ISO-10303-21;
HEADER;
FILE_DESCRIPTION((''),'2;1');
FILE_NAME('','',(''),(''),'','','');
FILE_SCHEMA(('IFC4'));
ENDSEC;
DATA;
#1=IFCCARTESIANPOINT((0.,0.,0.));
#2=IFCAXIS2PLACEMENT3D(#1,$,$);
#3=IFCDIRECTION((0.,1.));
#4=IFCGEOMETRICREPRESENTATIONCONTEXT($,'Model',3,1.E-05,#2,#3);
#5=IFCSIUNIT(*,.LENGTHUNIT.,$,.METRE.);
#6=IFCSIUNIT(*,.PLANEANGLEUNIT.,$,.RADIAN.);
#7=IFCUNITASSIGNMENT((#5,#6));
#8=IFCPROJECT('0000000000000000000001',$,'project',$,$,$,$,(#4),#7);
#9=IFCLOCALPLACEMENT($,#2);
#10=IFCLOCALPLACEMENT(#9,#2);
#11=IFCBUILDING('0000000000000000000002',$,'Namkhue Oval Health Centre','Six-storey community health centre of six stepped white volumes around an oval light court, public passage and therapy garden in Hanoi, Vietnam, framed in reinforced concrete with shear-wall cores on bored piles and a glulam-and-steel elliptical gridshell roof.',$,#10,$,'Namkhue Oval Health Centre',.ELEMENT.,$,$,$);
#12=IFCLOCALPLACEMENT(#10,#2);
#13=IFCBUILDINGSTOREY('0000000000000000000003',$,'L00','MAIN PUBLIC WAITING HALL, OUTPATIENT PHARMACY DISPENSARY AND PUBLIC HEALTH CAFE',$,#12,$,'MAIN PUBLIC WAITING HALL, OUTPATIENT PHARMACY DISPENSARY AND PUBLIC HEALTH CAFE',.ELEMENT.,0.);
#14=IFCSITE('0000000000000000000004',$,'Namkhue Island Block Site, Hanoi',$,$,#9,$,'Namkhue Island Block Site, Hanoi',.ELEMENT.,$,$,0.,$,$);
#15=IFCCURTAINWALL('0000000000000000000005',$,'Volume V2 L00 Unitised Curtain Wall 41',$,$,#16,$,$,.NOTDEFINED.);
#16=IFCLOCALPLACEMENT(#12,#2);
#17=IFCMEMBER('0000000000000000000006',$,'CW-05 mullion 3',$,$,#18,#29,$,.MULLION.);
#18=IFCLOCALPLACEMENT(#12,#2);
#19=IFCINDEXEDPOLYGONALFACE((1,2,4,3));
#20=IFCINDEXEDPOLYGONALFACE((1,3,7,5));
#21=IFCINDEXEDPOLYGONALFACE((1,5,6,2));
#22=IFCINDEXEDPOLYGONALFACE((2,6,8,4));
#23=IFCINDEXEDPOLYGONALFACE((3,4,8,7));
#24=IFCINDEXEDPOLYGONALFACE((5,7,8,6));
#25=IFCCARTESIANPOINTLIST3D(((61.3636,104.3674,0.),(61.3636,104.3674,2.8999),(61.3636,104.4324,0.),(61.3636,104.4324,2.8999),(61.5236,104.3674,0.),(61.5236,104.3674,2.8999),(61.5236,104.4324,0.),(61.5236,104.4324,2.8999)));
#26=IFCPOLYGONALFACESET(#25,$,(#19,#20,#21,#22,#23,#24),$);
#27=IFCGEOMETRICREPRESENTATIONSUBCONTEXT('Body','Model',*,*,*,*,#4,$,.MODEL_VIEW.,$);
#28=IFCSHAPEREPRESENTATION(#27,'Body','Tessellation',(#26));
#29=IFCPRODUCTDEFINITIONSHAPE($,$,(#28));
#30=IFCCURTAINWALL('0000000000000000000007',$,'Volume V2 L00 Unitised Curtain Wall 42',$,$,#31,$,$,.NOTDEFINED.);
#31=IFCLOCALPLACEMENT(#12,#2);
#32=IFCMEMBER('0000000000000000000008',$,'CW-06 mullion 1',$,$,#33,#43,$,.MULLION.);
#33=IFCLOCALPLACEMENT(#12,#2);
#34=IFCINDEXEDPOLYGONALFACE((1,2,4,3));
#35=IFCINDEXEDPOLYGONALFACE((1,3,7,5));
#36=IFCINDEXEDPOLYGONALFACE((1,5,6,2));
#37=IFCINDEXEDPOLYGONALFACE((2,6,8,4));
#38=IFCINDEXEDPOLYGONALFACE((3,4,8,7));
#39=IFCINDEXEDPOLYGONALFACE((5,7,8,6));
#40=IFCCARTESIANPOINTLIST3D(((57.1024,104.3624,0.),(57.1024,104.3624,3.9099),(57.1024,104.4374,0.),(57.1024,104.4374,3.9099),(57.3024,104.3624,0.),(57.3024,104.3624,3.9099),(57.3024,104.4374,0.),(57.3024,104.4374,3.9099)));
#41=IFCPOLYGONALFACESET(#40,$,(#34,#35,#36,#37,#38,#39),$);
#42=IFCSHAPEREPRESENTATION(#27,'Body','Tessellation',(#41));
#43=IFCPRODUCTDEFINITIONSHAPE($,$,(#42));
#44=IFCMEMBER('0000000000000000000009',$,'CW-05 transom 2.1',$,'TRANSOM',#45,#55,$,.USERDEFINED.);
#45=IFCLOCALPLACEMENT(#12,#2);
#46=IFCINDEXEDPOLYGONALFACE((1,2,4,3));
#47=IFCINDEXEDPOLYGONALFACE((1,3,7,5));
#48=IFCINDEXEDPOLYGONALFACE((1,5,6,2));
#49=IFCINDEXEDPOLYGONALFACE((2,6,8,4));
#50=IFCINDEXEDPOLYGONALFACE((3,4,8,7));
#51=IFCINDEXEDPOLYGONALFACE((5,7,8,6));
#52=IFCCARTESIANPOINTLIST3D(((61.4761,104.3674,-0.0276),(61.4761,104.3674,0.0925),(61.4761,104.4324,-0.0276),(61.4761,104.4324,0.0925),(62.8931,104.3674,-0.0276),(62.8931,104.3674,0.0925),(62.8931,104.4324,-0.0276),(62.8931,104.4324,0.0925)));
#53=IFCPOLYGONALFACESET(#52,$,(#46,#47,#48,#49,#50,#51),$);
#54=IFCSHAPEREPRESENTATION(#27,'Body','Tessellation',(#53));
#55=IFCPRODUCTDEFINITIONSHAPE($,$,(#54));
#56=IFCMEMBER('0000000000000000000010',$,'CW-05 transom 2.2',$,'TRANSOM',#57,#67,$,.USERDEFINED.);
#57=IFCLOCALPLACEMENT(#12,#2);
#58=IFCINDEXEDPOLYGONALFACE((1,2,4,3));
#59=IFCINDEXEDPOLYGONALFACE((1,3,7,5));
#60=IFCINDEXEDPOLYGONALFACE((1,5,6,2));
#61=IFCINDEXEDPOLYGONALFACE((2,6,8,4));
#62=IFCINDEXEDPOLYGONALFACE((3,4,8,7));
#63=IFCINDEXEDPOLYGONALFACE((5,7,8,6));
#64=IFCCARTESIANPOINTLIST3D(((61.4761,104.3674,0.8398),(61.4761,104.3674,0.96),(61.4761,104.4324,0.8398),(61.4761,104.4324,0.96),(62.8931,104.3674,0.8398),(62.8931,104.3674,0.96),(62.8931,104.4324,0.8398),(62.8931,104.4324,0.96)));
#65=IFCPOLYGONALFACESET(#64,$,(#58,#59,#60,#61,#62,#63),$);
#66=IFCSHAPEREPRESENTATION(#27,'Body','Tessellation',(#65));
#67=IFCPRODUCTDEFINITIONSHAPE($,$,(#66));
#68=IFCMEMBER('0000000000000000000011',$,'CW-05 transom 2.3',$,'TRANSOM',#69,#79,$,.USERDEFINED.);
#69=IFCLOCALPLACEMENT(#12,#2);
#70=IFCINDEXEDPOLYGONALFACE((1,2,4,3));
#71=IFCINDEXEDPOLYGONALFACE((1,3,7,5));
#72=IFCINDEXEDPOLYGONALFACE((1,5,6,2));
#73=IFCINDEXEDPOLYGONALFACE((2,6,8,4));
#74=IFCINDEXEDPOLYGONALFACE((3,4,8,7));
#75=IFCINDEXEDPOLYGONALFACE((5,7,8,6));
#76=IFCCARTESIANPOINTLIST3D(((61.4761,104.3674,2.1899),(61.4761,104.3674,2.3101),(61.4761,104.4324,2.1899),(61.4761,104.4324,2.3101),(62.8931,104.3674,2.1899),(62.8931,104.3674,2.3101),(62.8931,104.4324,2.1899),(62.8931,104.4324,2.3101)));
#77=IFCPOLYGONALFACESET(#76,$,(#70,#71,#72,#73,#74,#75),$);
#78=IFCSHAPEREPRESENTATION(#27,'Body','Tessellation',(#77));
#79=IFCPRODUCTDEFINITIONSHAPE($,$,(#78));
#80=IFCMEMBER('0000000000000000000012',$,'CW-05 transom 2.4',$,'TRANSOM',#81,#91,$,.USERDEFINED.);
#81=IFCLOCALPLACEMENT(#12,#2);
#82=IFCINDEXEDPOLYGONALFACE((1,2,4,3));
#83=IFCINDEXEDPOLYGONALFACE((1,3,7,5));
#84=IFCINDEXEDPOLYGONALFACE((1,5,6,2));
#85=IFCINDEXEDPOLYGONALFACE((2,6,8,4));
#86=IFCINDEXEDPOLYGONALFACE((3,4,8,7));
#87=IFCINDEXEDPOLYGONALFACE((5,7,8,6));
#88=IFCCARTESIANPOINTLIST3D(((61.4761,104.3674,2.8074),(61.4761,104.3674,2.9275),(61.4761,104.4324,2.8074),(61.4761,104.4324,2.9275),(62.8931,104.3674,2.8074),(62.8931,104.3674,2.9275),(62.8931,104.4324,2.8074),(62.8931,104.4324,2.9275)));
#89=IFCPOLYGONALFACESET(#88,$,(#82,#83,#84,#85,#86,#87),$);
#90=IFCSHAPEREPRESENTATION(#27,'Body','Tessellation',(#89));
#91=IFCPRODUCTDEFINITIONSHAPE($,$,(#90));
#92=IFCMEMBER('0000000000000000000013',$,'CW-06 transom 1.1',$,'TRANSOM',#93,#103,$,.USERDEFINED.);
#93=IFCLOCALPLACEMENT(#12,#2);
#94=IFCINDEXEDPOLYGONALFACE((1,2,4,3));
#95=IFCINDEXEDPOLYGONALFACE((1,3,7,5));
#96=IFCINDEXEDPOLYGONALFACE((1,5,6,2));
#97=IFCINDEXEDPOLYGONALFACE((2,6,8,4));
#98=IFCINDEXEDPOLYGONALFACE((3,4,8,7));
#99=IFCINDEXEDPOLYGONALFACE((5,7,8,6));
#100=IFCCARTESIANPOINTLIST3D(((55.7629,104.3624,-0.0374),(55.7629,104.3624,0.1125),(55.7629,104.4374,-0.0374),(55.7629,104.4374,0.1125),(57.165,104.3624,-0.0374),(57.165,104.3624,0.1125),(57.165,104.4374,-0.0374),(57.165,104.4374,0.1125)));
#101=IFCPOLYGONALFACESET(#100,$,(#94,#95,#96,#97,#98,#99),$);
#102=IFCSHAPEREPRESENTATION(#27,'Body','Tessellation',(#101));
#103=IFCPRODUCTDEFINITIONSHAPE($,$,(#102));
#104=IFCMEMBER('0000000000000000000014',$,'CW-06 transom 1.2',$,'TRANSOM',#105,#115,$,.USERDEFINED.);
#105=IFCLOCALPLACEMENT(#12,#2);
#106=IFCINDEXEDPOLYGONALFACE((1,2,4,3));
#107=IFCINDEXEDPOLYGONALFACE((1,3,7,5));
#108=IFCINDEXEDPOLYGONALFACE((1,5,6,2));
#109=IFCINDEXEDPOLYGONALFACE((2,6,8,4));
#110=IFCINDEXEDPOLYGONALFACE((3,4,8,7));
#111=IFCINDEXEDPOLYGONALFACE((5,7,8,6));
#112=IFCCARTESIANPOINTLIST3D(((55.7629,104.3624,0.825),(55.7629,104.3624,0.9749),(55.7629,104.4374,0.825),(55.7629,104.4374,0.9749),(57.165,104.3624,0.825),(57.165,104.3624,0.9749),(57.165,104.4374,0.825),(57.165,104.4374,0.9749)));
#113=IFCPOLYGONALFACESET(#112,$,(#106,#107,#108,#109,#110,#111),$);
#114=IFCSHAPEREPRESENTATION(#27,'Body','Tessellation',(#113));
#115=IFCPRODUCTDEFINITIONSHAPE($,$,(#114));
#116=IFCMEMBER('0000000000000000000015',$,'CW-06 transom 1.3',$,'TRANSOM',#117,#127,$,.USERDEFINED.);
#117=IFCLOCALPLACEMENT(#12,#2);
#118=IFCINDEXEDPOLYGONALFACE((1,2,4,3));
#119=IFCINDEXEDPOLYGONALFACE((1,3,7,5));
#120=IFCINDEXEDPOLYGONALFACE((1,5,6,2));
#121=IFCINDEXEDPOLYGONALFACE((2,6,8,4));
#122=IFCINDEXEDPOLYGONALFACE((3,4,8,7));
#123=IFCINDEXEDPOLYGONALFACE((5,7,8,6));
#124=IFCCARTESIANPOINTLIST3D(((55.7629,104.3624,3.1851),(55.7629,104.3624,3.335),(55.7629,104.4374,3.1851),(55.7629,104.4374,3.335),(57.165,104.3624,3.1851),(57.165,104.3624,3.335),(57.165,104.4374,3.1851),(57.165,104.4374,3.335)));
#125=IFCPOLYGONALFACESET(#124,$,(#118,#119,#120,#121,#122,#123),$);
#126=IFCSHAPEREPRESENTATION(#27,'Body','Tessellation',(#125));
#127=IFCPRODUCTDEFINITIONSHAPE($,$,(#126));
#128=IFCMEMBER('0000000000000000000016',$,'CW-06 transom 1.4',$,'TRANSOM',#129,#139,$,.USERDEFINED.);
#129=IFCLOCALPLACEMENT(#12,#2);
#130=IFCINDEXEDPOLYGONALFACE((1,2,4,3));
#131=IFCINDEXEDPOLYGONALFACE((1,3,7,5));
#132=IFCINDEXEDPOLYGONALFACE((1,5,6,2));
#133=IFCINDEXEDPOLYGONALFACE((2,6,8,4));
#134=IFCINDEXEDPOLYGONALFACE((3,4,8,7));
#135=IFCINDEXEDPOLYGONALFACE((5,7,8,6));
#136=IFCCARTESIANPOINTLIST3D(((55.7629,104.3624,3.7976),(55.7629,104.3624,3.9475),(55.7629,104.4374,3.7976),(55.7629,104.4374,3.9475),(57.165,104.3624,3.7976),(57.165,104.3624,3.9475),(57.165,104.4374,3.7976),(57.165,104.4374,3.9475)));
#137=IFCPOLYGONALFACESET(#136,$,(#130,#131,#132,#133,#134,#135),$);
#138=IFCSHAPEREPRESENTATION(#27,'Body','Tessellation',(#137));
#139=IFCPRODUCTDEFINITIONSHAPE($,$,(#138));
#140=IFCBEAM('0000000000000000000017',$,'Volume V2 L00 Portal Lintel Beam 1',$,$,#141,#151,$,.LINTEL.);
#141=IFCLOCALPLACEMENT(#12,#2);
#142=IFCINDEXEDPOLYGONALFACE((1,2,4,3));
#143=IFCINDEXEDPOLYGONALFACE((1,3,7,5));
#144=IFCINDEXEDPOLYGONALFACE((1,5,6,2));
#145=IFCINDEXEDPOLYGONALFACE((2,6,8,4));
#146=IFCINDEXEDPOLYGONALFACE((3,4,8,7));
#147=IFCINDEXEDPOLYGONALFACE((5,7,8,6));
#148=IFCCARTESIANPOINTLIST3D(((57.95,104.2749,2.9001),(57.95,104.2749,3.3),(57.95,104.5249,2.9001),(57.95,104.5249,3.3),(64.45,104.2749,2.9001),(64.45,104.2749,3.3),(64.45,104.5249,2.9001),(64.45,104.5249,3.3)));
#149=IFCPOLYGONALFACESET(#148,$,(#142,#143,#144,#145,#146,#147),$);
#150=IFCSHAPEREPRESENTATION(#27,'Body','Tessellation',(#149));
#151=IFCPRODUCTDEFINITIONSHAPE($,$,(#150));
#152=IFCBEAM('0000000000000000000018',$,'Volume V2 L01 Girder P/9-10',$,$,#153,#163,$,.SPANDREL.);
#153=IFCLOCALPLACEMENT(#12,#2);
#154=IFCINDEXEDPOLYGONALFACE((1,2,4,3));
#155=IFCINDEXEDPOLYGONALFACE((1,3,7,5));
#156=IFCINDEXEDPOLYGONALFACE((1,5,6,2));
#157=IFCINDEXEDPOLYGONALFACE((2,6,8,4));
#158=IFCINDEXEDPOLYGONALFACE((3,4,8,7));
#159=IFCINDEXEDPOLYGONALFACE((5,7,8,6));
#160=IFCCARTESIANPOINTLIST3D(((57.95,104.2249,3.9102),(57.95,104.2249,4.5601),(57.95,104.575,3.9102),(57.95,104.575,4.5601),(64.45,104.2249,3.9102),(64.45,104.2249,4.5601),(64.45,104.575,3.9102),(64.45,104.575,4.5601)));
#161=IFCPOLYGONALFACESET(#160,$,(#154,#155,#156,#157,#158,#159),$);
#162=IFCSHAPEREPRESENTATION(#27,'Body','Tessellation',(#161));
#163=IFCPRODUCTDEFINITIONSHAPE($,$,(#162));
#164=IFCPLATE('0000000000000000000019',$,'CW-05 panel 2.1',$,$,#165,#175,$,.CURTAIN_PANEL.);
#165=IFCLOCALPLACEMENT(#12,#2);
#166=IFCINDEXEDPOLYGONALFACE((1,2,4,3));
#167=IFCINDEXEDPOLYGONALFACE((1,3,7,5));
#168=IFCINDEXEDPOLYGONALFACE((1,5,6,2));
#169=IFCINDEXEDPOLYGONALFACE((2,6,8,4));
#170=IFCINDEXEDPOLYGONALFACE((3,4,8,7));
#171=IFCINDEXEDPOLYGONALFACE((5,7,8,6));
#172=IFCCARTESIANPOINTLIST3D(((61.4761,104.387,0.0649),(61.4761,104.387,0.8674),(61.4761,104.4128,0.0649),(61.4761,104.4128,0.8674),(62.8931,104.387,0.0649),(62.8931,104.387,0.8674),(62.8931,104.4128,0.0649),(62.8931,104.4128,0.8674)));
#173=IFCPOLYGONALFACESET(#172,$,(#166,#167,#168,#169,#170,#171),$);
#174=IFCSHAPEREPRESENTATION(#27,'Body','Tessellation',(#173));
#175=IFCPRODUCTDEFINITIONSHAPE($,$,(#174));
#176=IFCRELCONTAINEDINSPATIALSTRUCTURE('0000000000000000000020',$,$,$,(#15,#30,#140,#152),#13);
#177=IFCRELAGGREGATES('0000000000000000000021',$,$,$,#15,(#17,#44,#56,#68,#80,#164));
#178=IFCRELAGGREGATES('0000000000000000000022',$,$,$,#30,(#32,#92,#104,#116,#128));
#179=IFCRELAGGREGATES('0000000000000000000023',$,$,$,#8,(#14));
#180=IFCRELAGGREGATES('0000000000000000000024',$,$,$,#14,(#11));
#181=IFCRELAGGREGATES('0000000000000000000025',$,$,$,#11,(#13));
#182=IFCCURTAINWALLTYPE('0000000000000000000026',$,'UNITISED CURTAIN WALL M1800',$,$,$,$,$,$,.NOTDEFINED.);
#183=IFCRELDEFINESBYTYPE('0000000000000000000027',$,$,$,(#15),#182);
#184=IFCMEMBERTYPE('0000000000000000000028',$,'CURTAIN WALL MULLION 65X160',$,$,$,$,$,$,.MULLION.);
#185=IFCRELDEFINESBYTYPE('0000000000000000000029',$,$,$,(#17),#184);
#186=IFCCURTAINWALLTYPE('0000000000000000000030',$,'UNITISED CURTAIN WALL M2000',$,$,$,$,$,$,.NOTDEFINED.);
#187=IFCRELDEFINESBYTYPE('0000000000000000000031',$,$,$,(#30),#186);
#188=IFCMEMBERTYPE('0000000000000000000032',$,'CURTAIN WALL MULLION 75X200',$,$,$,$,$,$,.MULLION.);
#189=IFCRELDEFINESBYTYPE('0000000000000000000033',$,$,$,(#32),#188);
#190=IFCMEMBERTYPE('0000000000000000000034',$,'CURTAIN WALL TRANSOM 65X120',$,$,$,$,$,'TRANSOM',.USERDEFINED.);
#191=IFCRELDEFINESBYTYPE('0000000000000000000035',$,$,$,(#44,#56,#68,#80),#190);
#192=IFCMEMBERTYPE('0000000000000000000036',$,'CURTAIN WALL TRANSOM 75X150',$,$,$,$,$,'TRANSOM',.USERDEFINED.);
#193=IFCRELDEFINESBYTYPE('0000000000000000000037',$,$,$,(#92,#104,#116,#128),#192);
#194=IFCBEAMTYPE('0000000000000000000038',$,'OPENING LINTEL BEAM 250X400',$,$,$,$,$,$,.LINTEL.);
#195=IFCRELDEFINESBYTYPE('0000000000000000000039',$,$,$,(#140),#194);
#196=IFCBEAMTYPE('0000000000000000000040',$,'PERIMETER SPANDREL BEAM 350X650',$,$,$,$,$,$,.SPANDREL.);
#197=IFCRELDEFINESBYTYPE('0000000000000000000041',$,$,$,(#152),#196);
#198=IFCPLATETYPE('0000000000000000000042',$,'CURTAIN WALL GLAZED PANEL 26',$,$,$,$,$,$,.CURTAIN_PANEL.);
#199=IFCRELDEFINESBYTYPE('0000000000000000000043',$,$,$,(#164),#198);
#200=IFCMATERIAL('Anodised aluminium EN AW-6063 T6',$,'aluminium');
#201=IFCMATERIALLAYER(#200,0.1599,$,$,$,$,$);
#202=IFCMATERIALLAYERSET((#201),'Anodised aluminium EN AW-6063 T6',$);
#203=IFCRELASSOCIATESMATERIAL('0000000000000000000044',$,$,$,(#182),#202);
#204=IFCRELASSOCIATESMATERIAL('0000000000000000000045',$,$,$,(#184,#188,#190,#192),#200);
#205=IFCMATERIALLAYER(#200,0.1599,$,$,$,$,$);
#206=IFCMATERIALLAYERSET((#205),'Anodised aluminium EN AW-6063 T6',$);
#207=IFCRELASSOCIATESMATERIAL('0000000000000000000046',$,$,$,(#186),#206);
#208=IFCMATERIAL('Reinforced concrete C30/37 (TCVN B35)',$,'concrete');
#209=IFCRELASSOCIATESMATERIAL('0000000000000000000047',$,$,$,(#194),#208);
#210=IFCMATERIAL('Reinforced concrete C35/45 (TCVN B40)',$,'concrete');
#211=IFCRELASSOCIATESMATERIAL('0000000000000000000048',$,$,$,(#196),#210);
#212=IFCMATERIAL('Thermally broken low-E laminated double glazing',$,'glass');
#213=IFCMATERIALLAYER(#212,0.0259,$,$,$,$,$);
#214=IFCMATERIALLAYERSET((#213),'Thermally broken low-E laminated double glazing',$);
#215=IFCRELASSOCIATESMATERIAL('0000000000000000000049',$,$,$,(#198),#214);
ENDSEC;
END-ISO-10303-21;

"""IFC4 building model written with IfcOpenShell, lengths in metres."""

from ifc_helpers import new_model, si_unit, direction, frame, origin, origin_2d, place, context, subcontext, project, spatial, rectangle, extrude, material, layer, layer_set, material_profile, profile_set, type_object, element, aggregate, save


model = new_model("IFC4")

# Units and contexts
model_context = context("Model", 3, precision=1e-05, world=origin(), true_north=direction((0.0, 1.0)))
body_context = subcontext(model_context, "Body", "Model", "MODEL_VIEW")
ifc_project = project(units=[si_unit("LENGTHUNIT", "METRE"), si_unit("PLANEANGLEUNIT", "RADIAN")], contexts=[model_context])

# Site, building, storey
site_placement = place(None, origin())
site = spatial("IfcSite", under=ifc_project, at=site_placement, Name="Namkhue Island Block Site, Hanoi", LongName="Namkhue Island Block Site, Hanoi", CompositionType="ELEMENT", RefElevation=0.0)
building_placement = place(site_placement, origin())
building = spatial("IfcBuilding", under=site, at=building_placement, Name="Namkhue Oval Health Centre", Description="Six-storey community health centre of six stepped white volumes around an oval light court, public passage and therapy garden in Hanoi, Vietnam, framed in reinforced concrete with shear-wall cores on bored piles and a glulam-and-steel elliptical gridshell roof.", LongName="Namkhue Oval Health Centre", CompositionType="ELEMENT")
storey_placement = place(building_placement, origin())
storey = spatial("IfcBuildingStorey", under=building, at=storey_placement, Name="L00", Description="MAIN PUBLIC WAITING HALL, OUTPATIENT PHARMACY DISPENSARY AND PUBLIC HEALTH CAFE", LongName="MAIN PUBLIC WAITING HALL, OUTPATIENT PHARMACY DISPENSARY AND PUBLIC HEALTH CAFE", CompositionType="ELEMENT", Elevation=0.0)

# Shared definitions
ifc_material_1 = material(Name="Reinforced concrete C35/45 (TCVN B40)", Category="concrete")

# Curtain wall, member
ifc_material_2 = material(Name="Anodised aluminium EN AW-6063 T6", Category="aluminium")
ifc_layer_1 = layer(ifc_material_2, 0.1599)
ifc_layer_set_1 = layer_set([ifc_layer_1], Name="Anodised aluminium EN AW-6063 T6")
curtain_wall_type_1 = type_object("IfcCurtainWallType", Name="UNITISED CURTAIN WALL M1800", PredefinedType="NOTDEFINED", material=ifc_layer_set_1)
curtain_wall_1_placement = place(storey_placement, origin())
curtain_wall_1 = element("IfcCurtainWall", 1, at=curtain_wall_1_placement, inside=storey, type_object=curtain_wall_type_1, Name="Volume V2 L00 Unitised Curtain Wall 41", PredefinedType="NOTDEFINED")
ifc_material_profile_1 = material_profile(ifc_material_2, rectangle(XDim=0.0649, YDim=0.1599, at=origin_2d()), Name="ALU 65x160")
ifc_profile_set_1 = profile_set([ifc_material_profile_1], Name="Anodised aluminium EN AW-6063 T6")
member_type_1 = type_object("IfcMemberType", Name="CURTAIN WALL MULLION 65X160", PredefinedType="MULLION", material=ifc_profile_set_1)
member_1_placement = place(storey_placement, frame((61.4436, 104.3999, 0.0), z_axis=(0.0, 0.0, 1.0), x_axis=(0.0, -1.0, 0.0)))
member_1 = element("IfcMember", 2, at=member_1_placement, type_object=member_type_1, Name="CW-05 mullion 3", PredefinedType="MULLION", context=body_context, shape_type="SweptSolid", body=[
    extrude(rectangle(XDim=0.0649, YDim=0.1599, at=origin_2d()), origin(), (0.0, 0.0, 1.0), 2.8999),
])

# Curtain wall, member
ifc_layer_2 = layer(ifc_material_2, 0.1599)
ifc_layer_set_2 = layer_set([ifc_layer_2], Name="Anodised aluminium EN AW-6063 T6")
curtain_wall_type_2 = type_object("IfcCurtainWallType", Name="UNITISED CURTAIN WALL M2000", PredefinedType="NOTDEFINED", material=ifc_layer_set_2)
curtain_wall_2_placement = place(storey_placement, origin())
curtain_wall_2 = element("IfcCurtainWall", 3, at=curtain_wall_2_placement, inside=storey, type_object=curtain_wall_type_2, Name="Volume V2 L00 Unitised Curtain Wall 42", PredefinedType="NOTDEFINED")
ifc_material_profile_2 = material_profile(ifc_material_2, rectangle(XDim=0.075, YDim=0.2, at=origin_2d()), Name="ALU 75x200")
ifc_profile_set_2 = profile_set([ifc_material_profile_2], Name="Anodised aluminium EN AW-6063 T6")
member_type_2 = type_object("IfcMemberType", Name="CURTAIN WALL MULLION 75X200", PredefinedType="MULLION", material=ifc_profile_set_2)
member_2_placement = place(storey_placement, frame((57.2024, 104.3999, 0.0), z_axis=(0.0, 0.0, 1.0), x_axis=(0.0, -1.0, 0.0)))
member_2 = element("IfcMember", 4, at=member_2_placement, type_object=member_type_2, Name="CW-06 mullion 1", PredefinedType="MULLION", context=body_context, shape_type="SweptSolid", body=[
    extrude(rectangle(XDim=0.075, YDim=0.2, at=origin_2d()), origin(), (0.0, 0.0, 1.0), 3.9099),
])

# Members
ifc_material_profile_3 = material_profile(ifc_material_2, rectangle(XDim=0.0649, YDim=0.1201, at=origin_2d()), Name="ALU 65x120")
ifc_profile_set_3 = profile_set([ifc_material_profile_3], Name="Anodised aluminium EN AW-6063 T6")
member_type_3 = type_object("IfcMemberType", Name="CURTAIN WALL TRANSOM 65X120", ElementType="TRANSOM", PredefinedType="USERDEFINED", material=ifc_profile_set_3)
member_3_placement = place(storey_placement, frame((62.8931, 104.3999, 0.0325), z_axis=(-1.0, 0.0, 0.0), x_axis=(0.0, -1.0, 0.0)))
member_3 = element("IfcMember", 5, at=member_3_placement, type_object=member_type_3, Name="CW-05 transom 2.1", ObjectType="TRANSOM", PredefinedType="USERDEFINED", context=body_context, shape_type="SweptSolid", body=[
    extrude(rectangle(XDim=0.0649, YDim=0.1201, at=origin_2d()), origin(), (0.0, 0.0, 1.0), 1.417),
])
member_4_placement = place(storey_placement, frame((62.8931, 104.3999, 0.8999), z_axis=(-1.0, 0.0, 0.0), x_axis=(0.0, -1.0, 0.0)))
member_4 = element("IfcMember", 6, at=member_4_placement, type_object=member_type_3, Name="CW-05 transom 2.2", ObjectType="TRANSOM", PredefinedType="USERDEFINED", context=body_context, shape_type="SweptSolid", body=[
    extrude(rectangle(XDim=0.0649, YDim=0.1201, at=origin_2d()), origin(), (0.0, 0.0, 1.0), 1.417),
])
member_5_placement = place(storey_placement, frame((62.8931, 104.3999, 2.25), z_axis=(-1.0, 0.0, 0.0), x_axis=(0.0, -1.0, 0.0)))
member_5 = element("IfcMember", 7, at=member_5_placement, type_object=member_type_3, Name="CW-05 transom 2.3", ObjectType="TRANSOM", PredefinedType="USERDEFINED", context=body_context, shape_type="SweptSolid", body=[
    extrude(rectangle(XDim=0.0649, YDim=0.1201, at=origin_2d()), origin(), (0.0, 0.0, 1.0), 1.417),
])
member_6_placement = place(storey_placement, frame((62.8931, 104.3999, 2.8674), z_axis=(-1.0, 0.0, 0.0), x_axis=(0.0, -1.0, 0.0)))
member_6 = element("IfcMember", 8, at=member_6_placement, type_object=member_type_3, Name="CW-05 transom 2.4", ObjectType="TRANSOM", PredefinedType="USERDEFINED", context=body_context, shape_type="SweptSolid", body=[
    extrude(rectangle(XDim=0.0649, YDim=0.1201, at=origin_2d()), origin(), (0.0, 0.0, 1.0), 1.417),
])
ifc_material_profile_4 = material_profile(ifc_material_2, rectangle(XDim=0.075, YDim=0.1499, at=origin_2d()), Name="ALU 75x150")
ifc_profile_set_4 = profile_set([ifc_material_profile_4], Name="Anodised aluminium EN AW-6063 T6")
member_type_4 = type_object("IfcMemberType", Name="CURTAIN WALL TRANSOM 75X150", ElementType="TRANSOM", PredefinedType="USERDEFINED", material=ifc_profile_set_4)
member_7_placement = place(storey_placement, frame((57.165, 104.3999, 0.0376), z_axis=(-1.0, 0.0, 0.0), x_axis=(0.0, -1.0, 0.0)))
member_7 = element("IfcMember", 9, at=member_7_placement, type_object=member_type_4, Name="CW-06 transom 1.1", ObjectType="TRANSOM", PredefinedType="USERDEFINED", context=body_context, shape_type="SweptSolid", body=[
    extrude(rectangle(XDim=0.075, YDim=0.1499, at=origin_2d()), origin(), (0.0, 0.0, 1.0), 1.4021),
])
member_8_placement = place(storey_placement, frame((57.165, 104.3999, 0.8999), z_axis=(-1.0, 0.0, 0.0), x_axis=(0.0, -1.0, 0.0)))
member_8 = element("IfcMember", 10, at=member_8_placement, type_object=member_type_4, Name="CW-06 transom 1.2", ObjectType="TRANSOM", PredefinedType="USERDEFINED", context=body_context, shape_type="SweptSolid", body=[
    extrude(rectangle(XDim=0.075, YDim=0.1499, at=origin_2d()), origin(), (0.0, 0.0, 1.0), 1.4021),
])
member_9_placement = place(storey_placement, frame((57.165, 104.3999, 3.26), z_axis=(-1.0, 0.0, 0.0), x_axis=(0.0, -1.0, 0.0)))
member_9 = element("IfcMember", 11, at=member_9_placement, type_object=member_type_4, Name="CW-06 transom 1.3", ObjectType="TRANSOM", PredefinedType="USERDEFINED", context=body_context, shape_type="SweptSolid", body=[
    extrude(rectangle(XDim=0.075, YDim=0.1499, at=origin_2d()), origin(), (0.0, 0.0, 1.0), 1.4021),
])
member_10_placement = place(storey_placement, frame((57.165, 104.3999, 3.8726), z_axis=(-1.0, 0.0, 0.0), x_axis=(0.0, -1.0, 0.0)))
member_10 = element("IfcMember", 12, at=member_10_placement, type_object=member_type_4, Name="CW-06 transom 1.4", ObjectType="TRANSOM", PredefinedType="USERDEFINED", context=body_context, shape_type="SweptSolid", body=[
    extrude(rectangle(XDim=0.075, YDim=0.1499, at=origin_2d()), origin(), (0.0, 0.0, 1.0), 1.4021),
])

# Beams
ifc_material_3 = material(Name="Reinforced concrete C30/37 (TCVN B35)", Category="concrete")
ifc_material_profile_5 = material_profile(ifc_material_3, rectangle(XDim=0.25, YDim=0.3999, at=origin_2d()), Name="RC 250x400")
ifc_profile_set_5 = profile_set([ifc_material_profile_5], Name="Reinforced concrete C30/37 (TCVN B35)")
beam_type_1 = type_object("IfcBeamType", Name="OPENING LINTEL BEAM 250X400", PredefinedType="LINTEL", material=ifc_profile_set_5)
beam_1_placement = place(storey_placement, frame((57.95, 104.3999, 3.1001), z_axis=(1.0, 0.0, 0.0), x_axis=(0.0, 1.0, 0.0)))
element("IfcBeam", 13, at=beam_1_placement, inside=storey, type_object=beam_type_1, Name="Volume V2 L00 Portal Lintel Beam 1", PredefinedType="LINTEL", context=body_context, shape_type="SweptSolid", body=[
    extrude(rectangle(XDim=0.25, YDim=0.3999, at=origin_2d()), origin(), (0.0, 0.0, 1.0), 6.5),
])
ifc_material_profile_6 = material_profile(ifc_material_1, rectangle(XDim=0.3501, YDim=0.6499, at=origin_2d()), Name="RC 350x650")
ifc_profile_set_6 = profile_set([ifc_material_profile_6], Name="Reinforced concrete C35/45 (TCVN B40)")
beam_type_2 = type_object("IfcBeamType", Name="PERIMETER SPANDREL BEAM 350X650", PredefinedType="SPANDREL", material=ifc_profile_set_6)
beam_2_placement = place(storey_placement, frame((57.95, 104.3999, 4.2351), z_axis=(1.0, 0.0, 0.0), x_axis=(0.0, 1.0, 0.0)))
element("IfcBeam", 14, at=beam_2_placement, inside=storey, type_object=beam_type_2, Name="Volume V2 L01 Girder P/9-10", PredefinedType="SPANDREL", context=body_context, shape_type="SweptSolid", body=[
    extrude(rectangle(XDim=0.3501, YDim=0.6499, at=origin_2d()), origin(), (0.0, 0.0, 1.0), 6.5),
])

# Plate
ifc_material_4 = material(Name="Thermally broken low-E laminated double glazing", Category="glass")
ifc_layer_3 = layer(ifc_material_4, 0.0259)
ifc_layer_set_3 = layer_set([ifc_layer_3], Name="Thermally broken low-E laminated double glazing")
plate_type_1 = type_object("IfcPlateType", Name="CURTAIN WALL GLAZED PANEL 26", PredefinedType="CURTAIN_PANEL", material=ifc_layer_set_3)
plate_1_placement = place(storey_placement, frame((62.1846, 104.3999, 0.0649), z_axis=(0.0, 0.0, 1.0), x_axis=(-1.0, 0.0, 0.0)))
plate_1 = element("IfcPlate", 15, at=plate_1_placement, type_object=plate_type_1, Name="CW-05 panel 2.1", PredefinedType="CURTAIN_PANEL", context=body_context, shape_type="SweptSolid", body=[
    extrude(rectangle(XDim=1.417, YDim=0.0259, at=origin_2d()), origin(), (0.0, 0.0, 1.0), 0.8025),
])
aggregate(curtain_wall_1, [member_1, member_3, member_4, member_5, member_6, plate_1])
aggregate(curtain_wall_2, [member_2, member_7, member_8, member_9, member_10])

save(model, "model.ifc")
